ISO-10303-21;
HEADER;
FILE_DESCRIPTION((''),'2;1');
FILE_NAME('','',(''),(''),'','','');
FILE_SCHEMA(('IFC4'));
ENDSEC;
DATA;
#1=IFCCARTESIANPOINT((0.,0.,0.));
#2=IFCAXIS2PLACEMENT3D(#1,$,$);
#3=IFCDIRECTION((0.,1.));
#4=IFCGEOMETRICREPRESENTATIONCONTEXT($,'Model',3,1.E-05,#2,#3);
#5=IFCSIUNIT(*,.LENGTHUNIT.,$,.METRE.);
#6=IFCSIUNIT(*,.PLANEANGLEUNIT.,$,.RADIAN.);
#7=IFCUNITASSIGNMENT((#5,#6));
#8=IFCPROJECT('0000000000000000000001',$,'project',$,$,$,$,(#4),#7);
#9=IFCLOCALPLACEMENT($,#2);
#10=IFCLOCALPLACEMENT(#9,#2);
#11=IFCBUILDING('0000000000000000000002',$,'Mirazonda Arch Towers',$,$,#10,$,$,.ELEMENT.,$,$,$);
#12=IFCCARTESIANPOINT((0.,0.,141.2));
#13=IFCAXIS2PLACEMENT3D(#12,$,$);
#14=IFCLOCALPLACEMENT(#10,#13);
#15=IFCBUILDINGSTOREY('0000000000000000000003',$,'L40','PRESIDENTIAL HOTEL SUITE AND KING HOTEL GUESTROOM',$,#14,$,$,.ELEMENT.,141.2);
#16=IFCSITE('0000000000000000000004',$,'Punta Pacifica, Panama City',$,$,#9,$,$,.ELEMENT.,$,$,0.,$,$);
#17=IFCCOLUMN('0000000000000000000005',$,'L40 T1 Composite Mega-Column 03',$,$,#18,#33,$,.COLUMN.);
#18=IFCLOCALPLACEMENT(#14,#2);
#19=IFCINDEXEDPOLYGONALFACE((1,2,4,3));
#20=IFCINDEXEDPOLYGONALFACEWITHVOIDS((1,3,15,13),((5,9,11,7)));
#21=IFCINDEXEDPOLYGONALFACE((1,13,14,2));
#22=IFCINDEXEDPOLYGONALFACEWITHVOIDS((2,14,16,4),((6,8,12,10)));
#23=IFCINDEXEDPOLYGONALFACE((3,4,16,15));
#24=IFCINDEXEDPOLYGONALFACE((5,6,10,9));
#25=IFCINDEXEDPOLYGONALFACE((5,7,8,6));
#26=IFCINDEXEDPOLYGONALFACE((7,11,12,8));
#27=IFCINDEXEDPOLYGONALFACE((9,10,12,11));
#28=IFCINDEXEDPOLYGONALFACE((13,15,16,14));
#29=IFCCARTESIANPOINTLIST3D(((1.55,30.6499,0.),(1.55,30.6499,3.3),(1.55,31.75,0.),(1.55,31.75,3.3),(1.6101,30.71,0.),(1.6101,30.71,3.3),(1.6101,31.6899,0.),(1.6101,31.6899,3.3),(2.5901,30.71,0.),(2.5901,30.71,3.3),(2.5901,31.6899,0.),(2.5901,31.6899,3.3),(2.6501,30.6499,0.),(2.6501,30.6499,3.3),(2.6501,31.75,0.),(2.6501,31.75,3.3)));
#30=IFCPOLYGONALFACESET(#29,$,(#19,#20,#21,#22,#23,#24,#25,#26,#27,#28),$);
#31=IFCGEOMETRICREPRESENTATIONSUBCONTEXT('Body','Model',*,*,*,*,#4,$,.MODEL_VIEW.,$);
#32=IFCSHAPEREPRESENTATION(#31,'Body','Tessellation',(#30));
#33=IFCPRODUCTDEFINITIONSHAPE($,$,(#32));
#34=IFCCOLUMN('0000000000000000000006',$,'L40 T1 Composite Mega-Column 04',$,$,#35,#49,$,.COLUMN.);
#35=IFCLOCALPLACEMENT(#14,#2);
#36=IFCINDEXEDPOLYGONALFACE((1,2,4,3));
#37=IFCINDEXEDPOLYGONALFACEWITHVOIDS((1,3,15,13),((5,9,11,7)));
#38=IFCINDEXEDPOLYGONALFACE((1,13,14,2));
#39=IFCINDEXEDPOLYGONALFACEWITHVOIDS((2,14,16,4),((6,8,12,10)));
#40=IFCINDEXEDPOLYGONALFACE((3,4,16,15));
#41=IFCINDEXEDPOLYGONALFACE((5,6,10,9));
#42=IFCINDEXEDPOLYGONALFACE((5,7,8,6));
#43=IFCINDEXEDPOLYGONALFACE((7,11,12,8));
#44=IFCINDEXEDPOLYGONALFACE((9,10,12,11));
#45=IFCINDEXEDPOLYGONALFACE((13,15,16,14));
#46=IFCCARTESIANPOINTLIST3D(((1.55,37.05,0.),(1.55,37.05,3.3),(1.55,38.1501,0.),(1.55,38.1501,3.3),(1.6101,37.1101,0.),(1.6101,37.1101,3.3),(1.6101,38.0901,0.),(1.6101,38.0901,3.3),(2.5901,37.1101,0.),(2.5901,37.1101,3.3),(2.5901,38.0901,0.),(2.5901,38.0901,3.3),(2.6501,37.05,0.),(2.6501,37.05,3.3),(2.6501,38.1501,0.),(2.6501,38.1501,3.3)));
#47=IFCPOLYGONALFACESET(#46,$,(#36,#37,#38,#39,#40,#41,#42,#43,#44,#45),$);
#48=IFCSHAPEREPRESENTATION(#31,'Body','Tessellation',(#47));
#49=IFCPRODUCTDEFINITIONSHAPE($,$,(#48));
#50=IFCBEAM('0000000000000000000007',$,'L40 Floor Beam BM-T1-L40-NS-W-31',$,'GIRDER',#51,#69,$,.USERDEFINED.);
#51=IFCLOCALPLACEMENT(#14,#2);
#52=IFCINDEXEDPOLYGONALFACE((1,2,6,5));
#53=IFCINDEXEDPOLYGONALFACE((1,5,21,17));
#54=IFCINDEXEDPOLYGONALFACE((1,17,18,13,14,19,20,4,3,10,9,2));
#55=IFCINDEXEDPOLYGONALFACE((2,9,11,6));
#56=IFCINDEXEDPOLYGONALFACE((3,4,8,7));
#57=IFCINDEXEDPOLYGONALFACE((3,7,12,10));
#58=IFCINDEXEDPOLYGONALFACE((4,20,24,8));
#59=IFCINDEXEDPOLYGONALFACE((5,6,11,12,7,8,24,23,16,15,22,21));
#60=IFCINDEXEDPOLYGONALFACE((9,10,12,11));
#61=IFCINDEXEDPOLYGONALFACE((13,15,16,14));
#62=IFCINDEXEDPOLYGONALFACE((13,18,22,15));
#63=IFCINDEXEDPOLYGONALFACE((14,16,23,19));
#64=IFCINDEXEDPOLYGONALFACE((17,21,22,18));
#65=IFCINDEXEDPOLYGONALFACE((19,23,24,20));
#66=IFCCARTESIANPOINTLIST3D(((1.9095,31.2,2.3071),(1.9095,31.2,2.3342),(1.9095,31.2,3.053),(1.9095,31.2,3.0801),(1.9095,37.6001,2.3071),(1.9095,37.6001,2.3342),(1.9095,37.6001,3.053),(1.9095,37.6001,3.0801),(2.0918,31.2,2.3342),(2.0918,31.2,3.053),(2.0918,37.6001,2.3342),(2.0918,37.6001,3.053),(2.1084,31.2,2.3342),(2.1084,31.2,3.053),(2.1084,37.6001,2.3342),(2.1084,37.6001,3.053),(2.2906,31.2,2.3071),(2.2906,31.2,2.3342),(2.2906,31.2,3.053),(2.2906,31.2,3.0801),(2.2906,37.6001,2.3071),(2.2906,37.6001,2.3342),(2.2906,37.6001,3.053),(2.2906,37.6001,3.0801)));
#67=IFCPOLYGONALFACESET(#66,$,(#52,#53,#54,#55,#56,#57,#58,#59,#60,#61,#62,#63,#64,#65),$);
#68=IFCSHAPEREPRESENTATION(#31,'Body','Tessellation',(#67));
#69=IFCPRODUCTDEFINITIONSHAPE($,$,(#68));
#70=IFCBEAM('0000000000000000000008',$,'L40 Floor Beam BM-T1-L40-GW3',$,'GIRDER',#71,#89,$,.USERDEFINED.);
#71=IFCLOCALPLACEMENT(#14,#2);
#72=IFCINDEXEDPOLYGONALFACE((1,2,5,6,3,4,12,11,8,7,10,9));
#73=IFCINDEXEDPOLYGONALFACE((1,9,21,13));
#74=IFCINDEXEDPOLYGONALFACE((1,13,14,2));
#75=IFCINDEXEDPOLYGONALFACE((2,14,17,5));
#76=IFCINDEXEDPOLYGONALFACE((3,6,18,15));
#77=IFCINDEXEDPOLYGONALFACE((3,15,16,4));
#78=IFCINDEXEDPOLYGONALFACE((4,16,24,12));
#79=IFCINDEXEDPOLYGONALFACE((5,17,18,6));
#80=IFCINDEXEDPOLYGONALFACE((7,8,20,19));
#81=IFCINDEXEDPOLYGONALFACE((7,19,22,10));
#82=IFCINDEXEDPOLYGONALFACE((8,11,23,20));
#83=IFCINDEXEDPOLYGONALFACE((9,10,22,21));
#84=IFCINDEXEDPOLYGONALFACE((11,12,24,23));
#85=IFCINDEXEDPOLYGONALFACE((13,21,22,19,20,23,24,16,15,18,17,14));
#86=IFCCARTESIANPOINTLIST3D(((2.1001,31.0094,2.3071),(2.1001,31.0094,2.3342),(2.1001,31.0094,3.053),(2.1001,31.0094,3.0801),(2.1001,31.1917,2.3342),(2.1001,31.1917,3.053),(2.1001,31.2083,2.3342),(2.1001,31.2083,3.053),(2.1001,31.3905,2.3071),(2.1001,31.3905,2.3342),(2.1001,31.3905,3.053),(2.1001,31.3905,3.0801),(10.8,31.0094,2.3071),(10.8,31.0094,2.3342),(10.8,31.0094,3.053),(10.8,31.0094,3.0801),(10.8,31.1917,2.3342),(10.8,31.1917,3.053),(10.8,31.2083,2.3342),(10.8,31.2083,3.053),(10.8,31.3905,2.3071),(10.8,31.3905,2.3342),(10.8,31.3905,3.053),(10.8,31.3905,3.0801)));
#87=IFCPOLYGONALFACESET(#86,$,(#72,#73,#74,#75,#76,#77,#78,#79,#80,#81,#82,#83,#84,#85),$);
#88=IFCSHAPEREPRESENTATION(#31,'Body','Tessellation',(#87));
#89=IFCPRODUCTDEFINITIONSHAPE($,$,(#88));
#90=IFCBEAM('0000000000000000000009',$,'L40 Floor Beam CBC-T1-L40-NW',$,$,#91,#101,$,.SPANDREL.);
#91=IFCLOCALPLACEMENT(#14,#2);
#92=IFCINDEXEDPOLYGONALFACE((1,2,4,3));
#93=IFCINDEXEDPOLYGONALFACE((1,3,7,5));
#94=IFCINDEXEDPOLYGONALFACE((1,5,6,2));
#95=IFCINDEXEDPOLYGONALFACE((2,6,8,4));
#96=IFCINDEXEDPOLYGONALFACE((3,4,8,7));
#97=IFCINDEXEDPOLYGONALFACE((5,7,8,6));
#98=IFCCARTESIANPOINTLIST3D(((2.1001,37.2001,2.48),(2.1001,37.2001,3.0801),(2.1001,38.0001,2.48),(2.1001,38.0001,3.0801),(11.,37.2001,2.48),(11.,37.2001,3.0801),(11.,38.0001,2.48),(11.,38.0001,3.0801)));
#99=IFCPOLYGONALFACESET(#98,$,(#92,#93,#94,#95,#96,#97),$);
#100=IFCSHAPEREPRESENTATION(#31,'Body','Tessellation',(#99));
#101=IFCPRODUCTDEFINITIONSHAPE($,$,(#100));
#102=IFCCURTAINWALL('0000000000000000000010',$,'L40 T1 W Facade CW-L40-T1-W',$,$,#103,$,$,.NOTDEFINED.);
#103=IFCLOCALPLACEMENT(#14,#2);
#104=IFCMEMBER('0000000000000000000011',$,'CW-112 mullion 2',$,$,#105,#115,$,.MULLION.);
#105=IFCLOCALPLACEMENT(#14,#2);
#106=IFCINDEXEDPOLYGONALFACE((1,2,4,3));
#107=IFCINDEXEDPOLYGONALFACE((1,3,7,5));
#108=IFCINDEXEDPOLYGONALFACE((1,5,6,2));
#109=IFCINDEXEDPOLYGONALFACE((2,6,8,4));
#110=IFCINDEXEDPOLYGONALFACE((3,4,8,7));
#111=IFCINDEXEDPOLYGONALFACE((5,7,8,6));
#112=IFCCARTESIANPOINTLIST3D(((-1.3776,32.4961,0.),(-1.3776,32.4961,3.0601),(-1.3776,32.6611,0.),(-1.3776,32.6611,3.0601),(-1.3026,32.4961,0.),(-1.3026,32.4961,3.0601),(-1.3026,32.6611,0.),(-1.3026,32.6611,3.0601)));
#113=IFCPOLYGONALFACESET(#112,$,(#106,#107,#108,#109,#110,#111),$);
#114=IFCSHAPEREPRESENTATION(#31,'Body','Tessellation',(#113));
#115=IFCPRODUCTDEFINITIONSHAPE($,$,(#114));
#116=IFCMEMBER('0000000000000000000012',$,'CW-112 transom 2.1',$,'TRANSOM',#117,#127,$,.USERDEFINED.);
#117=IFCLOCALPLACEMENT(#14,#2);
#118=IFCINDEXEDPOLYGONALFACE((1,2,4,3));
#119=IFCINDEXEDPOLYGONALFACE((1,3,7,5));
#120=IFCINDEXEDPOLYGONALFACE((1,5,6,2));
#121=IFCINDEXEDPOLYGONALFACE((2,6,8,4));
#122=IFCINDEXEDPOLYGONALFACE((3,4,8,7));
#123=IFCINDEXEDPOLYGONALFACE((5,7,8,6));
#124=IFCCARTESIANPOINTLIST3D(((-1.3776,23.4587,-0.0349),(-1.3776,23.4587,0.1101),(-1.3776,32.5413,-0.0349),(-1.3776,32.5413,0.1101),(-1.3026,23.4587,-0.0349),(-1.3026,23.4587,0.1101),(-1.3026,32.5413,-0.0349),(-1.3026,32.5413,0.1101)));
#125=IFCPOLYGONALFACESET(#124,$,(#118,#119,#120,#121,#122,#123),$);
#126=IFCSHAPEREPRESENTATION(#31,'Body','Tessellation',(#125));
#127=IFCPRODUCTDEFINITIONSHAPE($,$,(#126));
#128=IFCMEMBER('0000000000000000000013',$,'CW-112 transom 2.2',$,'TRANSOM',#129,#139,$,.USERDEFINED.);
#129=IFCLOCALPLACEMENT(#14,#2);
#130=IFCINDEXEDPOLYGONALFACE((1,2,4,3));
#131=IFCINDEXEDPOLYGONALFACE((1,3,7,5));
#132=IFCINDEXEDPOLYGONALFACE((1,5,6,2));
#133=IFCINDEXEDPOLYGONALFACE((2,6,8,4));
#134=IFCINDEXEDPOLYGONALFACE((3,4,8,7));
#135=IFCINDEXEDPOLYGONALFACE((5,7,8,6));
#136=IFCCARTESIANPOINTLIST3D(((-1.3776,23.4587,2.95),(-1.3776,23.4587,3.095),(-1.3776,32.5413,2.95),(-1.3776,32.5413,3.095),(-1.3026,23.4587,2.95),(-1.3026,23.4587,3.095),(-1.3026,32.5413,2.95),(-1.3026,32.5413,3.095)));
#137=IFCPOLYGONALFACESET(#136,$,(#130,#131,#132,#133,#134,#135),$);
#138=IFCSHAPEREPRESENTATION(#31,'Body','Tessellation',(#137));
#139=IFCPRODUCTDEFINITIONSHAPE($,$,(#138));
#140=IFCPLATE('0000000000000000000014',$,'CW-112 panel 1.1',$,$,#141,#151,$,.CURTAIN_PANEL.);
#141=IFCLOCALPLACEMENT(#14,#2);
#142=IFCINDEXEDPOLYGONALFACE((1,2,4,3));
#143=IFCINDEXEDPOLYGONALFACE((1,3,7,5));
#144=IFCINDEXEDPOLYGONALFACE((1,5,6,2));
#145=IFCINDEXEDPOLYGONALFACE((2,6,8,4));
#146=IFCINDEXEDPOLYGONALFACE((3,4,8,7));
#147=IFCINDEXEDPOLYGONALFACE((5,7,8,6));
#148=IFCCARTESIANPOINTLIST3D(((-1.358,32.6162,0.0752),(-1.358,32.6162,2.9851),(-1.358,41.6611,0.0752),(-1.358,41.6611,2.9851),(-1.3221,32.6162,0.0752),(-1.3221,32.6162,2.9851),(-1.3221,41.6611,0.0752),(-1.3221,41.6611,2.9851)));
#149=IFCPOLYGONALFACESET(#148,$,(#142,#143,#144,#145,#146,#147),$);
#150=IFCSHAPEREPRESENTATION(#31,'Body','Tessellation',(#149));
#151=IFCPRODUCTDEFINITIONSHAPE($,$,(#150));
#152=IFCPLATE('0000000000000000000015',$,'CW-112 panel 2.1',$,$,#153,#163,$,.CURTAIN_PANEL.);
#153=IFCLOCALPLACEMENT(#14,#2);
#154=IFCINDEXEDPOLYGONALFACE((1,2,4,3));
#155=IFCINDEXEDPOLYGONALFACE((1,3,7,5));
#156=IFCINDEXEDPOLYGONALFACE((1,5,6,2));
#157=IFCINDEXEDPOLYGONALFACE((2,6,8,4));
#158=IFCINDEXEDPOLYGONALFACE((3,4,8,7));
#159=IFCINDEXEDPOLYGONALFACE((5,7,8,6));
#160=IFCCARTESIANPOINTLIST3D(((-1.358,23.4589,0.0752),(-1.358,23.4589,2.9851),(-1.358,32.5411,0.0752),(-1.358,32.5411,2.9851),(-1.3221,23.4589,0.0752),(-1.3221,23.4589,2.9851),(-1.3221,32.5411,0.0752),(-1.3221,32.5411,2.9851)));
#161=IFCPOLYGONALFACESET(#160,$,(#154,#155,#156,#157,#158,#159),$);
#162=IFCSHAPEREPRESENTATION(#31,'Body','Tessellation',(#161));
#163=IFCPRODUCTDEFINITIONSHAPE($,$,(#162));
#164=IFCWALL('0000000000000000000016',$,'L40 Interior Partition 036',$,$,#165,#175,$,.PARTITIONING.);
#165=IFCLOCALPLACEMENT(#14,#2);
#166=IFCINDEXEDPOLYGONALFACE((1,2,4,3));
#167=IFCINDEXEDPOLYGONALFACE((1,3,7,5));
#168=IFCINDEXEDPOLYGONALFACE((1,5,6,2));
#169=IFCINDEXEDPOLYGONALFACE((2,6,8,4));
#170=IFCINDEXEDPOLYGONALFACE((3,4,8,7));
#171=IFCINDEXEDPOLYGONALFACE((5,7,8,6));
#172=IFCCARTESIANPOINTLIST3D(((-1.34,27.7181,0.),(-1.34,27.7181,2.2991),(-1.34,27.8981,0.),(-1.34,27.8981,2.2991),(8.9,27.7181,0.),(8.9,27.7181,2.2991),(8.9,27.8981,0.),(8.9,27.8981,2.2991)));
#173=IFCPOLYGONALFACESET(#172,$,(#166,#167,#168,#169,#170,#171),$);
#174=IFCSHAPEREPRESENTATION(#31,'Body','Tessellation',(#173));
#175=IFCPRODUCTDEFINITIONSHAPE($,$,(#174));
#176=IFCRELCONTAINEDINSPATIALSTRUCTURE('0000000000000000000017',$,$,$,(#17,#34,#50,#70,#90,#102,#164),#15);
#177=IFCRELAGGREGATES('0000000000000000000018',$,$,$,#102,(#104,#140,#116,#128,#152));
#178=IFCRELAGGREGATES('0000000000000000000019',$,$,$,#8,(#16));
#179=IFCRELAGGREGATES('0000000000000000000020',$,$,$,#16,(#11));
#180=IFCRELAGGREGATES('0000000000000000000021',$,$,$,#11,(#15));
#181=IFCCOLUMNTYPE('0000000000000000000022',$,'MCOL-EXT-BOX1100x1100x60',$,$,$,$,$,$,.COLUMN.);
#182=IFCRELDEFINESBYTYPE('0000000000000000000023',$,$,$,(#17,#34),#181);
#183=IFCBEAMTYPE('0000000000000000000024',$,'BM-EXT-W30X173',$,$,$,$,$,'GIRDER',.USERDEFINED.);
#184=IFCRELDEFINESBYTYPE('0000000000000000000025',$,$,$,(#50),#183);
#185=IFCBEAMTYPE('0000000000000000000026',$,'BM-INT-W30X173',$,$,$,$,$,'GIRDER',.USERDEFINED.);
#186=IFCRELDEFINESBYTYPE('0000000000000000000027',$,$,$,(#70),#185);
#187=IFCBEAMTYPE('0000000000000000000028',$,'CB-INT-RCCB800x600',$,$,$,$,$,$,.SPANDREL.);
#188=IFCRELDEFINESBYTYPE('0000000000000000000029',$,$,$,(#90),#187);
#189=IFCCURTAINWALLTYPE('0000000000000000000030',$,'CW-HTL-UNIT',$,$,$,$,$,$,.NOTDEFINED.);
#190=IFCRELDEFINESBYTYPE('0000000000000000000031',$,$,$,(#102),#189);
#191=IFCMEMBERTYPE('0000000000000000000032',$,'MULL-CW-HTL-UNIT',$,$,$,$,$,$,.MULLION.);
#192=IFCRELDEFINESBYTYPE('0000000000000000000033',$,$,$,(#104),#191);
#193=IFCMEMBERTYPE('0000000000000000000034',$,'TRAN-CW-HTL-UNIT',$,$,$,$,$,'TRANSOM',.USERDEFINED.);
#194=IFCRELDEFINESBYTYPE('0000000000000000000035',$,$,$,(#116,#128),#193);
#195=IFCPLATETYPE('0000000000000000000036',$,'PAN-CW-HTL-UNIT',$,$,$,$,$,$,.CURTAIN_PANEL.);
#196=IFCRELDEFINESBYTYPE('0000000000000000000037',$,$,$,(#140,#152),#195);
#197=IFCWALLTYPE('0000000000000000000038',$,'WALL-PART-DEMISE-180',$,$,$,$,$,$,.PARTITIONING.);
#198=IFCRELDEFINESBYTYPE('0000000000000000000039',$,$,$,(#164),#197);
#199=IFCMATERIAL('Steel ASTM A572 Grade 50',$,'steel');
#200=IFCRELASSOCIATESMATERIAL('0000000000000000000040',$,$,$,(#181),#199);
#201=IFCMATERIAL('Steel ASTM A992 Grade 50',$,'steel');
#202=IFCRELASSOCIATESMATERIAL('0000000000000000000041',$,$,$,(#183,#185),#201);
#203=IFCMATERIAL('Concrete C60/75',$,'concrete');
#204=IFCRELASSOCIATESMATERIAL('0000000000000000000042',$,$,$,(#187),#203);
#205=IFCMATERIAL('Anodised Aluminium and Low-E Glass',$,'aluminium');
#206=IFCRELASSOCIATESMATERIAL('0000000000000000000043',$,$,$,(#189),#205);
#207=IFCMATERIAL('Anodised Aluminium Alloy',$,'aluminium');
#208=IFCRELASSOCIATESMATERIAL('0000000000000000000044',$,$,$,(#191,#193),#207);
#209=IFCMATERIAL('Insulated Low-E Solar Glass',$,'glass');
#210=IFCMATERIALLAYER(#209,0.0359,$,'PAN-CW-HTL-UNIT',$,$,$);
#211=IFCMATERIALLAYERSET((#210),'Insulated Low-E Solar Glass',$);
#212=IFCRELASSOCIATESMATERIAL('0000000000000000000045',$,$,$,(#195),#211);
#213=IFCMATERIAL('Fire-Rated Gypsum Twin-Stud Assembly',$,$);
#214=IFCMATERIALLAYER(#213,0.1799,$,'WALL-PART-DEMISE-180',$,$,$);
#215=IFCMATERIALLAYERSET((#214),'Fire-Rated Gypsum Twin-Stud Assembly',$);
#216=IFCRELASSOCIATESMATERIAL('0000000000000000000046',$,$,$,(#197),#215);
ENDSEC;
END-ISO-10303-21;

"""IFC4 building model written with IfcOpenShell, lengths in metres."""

from ifc_helpers import new_model, si_unit, direction, frame, frame_2d, origin, origin_2d, place, context, subcontext, project, spatial, rectangle, hollow_rectangle, i_section, extrude, material, layer, layer_set, material_profile, profile_set, type_object, element, aggregate, save


model = new_model("IFC4")

# Units and contexts
model_context = context("Model", 3, precision=1e-05, world=origin(), true_north=direction((0.0, 1.0)))
body_context = subcontext(model_context, "Body", "Model", "MODEL_VIEW")
ifc_project = project(units=[si_unit("LENGTHUNIT", "METRE"), si_unit("PLANEANGLEUNIT", "RADIAN")], contexts=[model_context])

# Site, building, storey
site_placement = place(None, origin())
site = spatial("IfcSite", under=ifc_project, at=site_placement, Name="Punta Pacifica, Panama City", CompositionType="ELEMENT", RefElevation=0.0)
building_placement = place(site_placement, origin())
building = spatial("IfcBuilding", under=site, at=building_placement, Name="Mirazonda Arch Towers", CompositionType="ELEMENT")
storey_placement = place(building_placement, frame((0.0, 0.0, 141.2)))
storey = spatial("IfcBuildingStorey", under=building, at=storey_placement, Name="L40", Description="PRESIDENTIAL HOTEL SUITE AND KING HOTEL GUESTROOM", CompositionType="ELEMENT", Elevation=141.2)

# Columns
ifc_material_1 = material(Name="Steel ASTM A572 Grade 50", Category="steel")
ifc_material_profile_1 = material_profile(ifc_material_1, hollow_rectangle(XDim=1.1001, YDim=1.1001, WallThickness=0.0601, at=origin_2d()), Name="BOX1100x1100x60")
ifc_profile_set_1 = profile_set([ifc_material_profile_1], Name="Steel ASTM A572 Grade 50")
column_type = type_object("IfcColumnType", Name="MCOL-EXT-BOX1100x1100x60", PredefinedType="COLUMN", material=ifc_profile_set_1)
for number, where, z_axis, x_axis, name in (
    (1, (2.1001, 31.2, 0.0), (0.0, 0.0, 1.0), (1.0, 0.0, 0.0), "L40 T1 Composite Mega-Column 03"),
    (2, (2.1001, 37.6001, 0.0), (0.0, 0.0, 1.0), (1.0, 0.0, 0.0), "L40 T1 Composite Mega-Column 04"),
):
    element("IfcColumn", number, at=place(storey_placement, frame(where, z_axis=z_axis, x_axis=x_axis)), inside=storey, type_object=column_type, Name=name, PredefinedType="COLUMN", context=body_context, shape_type="SweptSolid", body=[
        extrude(hollow_rectangle(XDim=1.1001, YDim=1.1001, WallThickness=0.0601, at=origin_2d()), origin(), (0.0, 0.0, 1.0), 3.3),
    ])

# Beams
ifc_material_2 = material(Name="Steel ASTM A992 Grade 50", Category="steel")
ifc_material_profile_2 = material_profile(ifc_material_2, i_section(OverallWidth=0.3811, OverallDepth=0.7729, WebThickness=0.0166, FlangeThickness=0.0271, at=origin_2d()), Name="W30X173")
ifc_profile_set_2 = profile_set([ifc_material_profile_2], Name="Steel ASTM A992 Grade 50")
beam_type_1 = type_object("IfcBeamType", Name="BM-EXT-W30X173", ElementType="GIRDER", PredefinedType="USERDEFINED", material=ifc_profile_set_2)
beam_1_placement = place(storey_placement, frame((2.1001, 31.2, 2.6936), z_axis=(0.0, 1.0, 0.0), x_axis=(-1.0, 0.0, 0.0)))
element("IfcBeam", 3, at=beam_1_placement, inside=storey, type_object=beam_type_1, Name="L40 Floor Beam BM-T1-L40-NS-W-31", ObjectType="GIRDER", PredefinedType="USERDEFINED", context=body_context, shape_type="SweptSolid", body=[
    extrude(i_section(OverallWidth=0.3811, OverallDepth=0.7729, WebThickness=0.0166, FlangeThickness=0.0271, at=origin_2d()), origin(), (0.0, 0.0, 1.0), 6.4001),
])
ifc_material_profile_3 = material_profile(ifc_material_2, i_section(OverallWidth=0.3811, OverallDepth=0.7729, WebThickness=0.0166, FlangeThickness=0.0271, at=origin_2d()), Name="W30X173")
ifc_profile_set_3 = profile_set([ifc_material_profile_3], Name="Steel ASTM A992 Grade 50")
beam_type_2 = type_object("IfcBeamType", Name="BM-INT-W30X173", ElementType="GIRDER", PredefinedType="USERDEFINED", material=ifc_profile_set_3)
beam_2_placement = place(storey_placement, frame((2.1001, 31.2, 2.6936), z_axis=(1.0, 0.0, 0.0), x_axis=(0.0, 1.0, 0.0)))
element("IfcBeam", 4, at=beam_2_placement, inside=storey, type_object=beam_type_2, Name="L40 Floor Beam BM-T1-L40-GW3", ObjectType="GIRDER", PredefinedType="USERDEFINED", context=body_context, shape_type="SweptSolid", body=[
    extrude(i_section(OverallWidth=0.3811, OverallDepth=0.7729, WebThickness=0.0166, FlangeThickness=0.0271, at=origin_2d()), origin(), (0.0, 0.0, 1.0), 8.7),
])
ifc_material_3 = material(Name="Concrete C60/75", Category="concrete")
ifc_material_profile_4 = material_profile(ifc_material_3, rectangle(XDim=0.8, YDim=0.6001, at=origin_2d()), Name="RCCB800x600")
ifc_profile_set_4 = profile_set([ifc_material_profile_4], Name="Concrete C60/75")
beam_type_3 = type_object("IfcBeamType", Name="CB-INT-RCCB800x600", PredefinedType="SPANDREL", material=ifc_profile_set_4)
beam_3_placement = place(storey_placement, frame((2.1001, 37.6001, 2.78), z_axis=(1.0, 0.0, 0.0), x_axis=(0.0, 1.0, 0.0)))
element("IfcBeam", 5, at=beam_3_placement, inside=storey, type_object=beam_type_3, Name="L40 Floor Beam CBC-T1-L40-NW", PredefinedType="SPANDREL", context=body_context, shape_type="SweptSolid", body=[
    extrude(rectangle(XDim=0.8, YDim=0.6001, at=origin_2d()), origin(), (0.0, 0.0, 1.0), 8.8999),
])

# Curtain wall, members, plates
ifc_material_4 = material(Name="Anodised Aluminium and Low-E Glass", Category="aluminium")
curtain_wall_type = type_object("IfcCurtainWallType", Name="CW-HTL-UNIT", PredefinedType="NOTDEFINED", material=ifc_material_4)
curtain_wall_placement = place(storey_placement, origin())
curtain_wall = element("IfcCurtainWall", 6, at=curtain_wall_placement, inside=storey, type_object=curtain_wall_type, Name="L40 T1 W Facade CW-L40-T1-W", PredefinedType="NOTDEFINED")
ifc_material_5 = material(Name="Anodised Aluminium Alloy", Category="aluminium")
ifc_material_profile_5 = material_profile(ifc_material_5, rectangle(XDim=0.075, YDim=0.165, at=origin_2d()), Name="ALU-MULL-75x165")
ifc_profile_set_5 = profile_set([ifc_material_profile_5], Name="Anodised Aluminium Alloy")
member_type_1 = type_object("IfcMemberType", Name="MULL-CW-HTL-UNIT", PredefinedType="MULLION", material=ifc_profile_set_5)
member_1_placement = place(storey_placement, frame((-1.3401, 32.5786, 0.0), z_axis=(0.0, 0.0, 1.0), x_axis=(1.0, 0.0, 0.0)))
member_1 = element("IfcMember", 7, at=member_1_placement, type_object=member_type_1, Name="CW-112 mullion 2", PredefinedType="MULLION", context=body_context, shape_type="SweptSolid", body=[
    extrude(rectangle(XDim=0.075, YDim=0.165, at=origin_2d()), origin(), (0.0, 0.0, 1.0), 3.0601),
])
ifc_material_profile_6 = material_profile(ifc_material_5, rectangle(XDim=0.075, YDim=0.145, at=origin_2d()), Name="ALU-TRAN-75x145")
ifc_profile_set_6 = profile_set([ifc_material_profile_6], Name="Anodised Aluminium Alloy")
member_type_2 = type_object("IfcMemberType", Name="TRAN-CW-HTL-UNIT", ElementType="TRANSOM", PredefinedType="USERDEFINED", material=ifc_profile_set_6)
member_2_placement = place(storey_placement, frame((-1.3401, 32.5413, 0.0376), z_axis=(0.0, -1.0, 0.0), x_axis=(1.0, 0.0, 0.0)))
member_2 = element("IfcMember", 8, at=member_2_placement, type_object=member_type_2, Name="CW-112 transom 2.1", ObjectType="TRANSOM", PredefinedType="USERDEFINED", context=body_context, shape_type="SweptSolid", body=[
    extrude(rectangle(XDim=0.075, YDim=0.145, at=origin_2d()), origin(), (0.0, 0.0, 1.0), 9.0825),
])
member_3_placement = place(storey_placement, frame((-1.3401, 32.5413, 3.0225), z_axis=(0.0, -1.0, 0.0), x_axis=(1.0, 0.0, 0.0)))
member_3 = element("IfcMember", 9, at=member_3_placement, type_object=member_type_2, Name="CW-112 transom 2.2", ObjectType="TRANSOM", PredefinedType="USERDEFINED", context=body_context, shape_type="SweptSolid", body=[
    extrude(rectangle(XDim=0.075, YDim=0.145, at=origin_2d()), origin(), (0.0, 0.0, 1.0), 9.0825),
])
ifc_material_6 = material(Name="Insulated Low-E Solar Glass", Category="glass")
ifc_layer_1 = layer(ifc_material_6, 0.0359, Name="PAN-CW-HTL-UNIT")
ifc_layer_set_1 = layer_set([ifc_layer_1], Name="Insulated Low-E Solar Glass")
plate_type = type_object("IfcPlateType", Name="PAN-CW-HTL-UNIT", PredefinedType="CURTAIN_PANEL", material=ifc_layer_set_1)
plate_1_placement = place(storey_placement, frame((-1.3401, 37.1387, 0.0752), z_axis=(0.0, 0.0, 1.0), x_axis=(0.0, -1.0, 0.0)))
plate_1 = element("IfcPlate", 10, at=plate_1_placement, type_object=plate_type, Name="CW-112 panel 1.1", PredefinedType="CURTAIN_PANEL", context=body_context, shape_type="SweptSolid", body=[
    extrude(rectangle(XDim=9.0449, YDim=0.0359, at=origin_2d()), origin(), (0.0, 0.0, 1.0), 2.9099),
])
plate_2_placement = place(storey_placement, frame((-1.3401, 28.0, 0.0752), z_axis=(0.0, 0.0, 1.0), x_axis=(0.0, -1.0, 0.0)))
plate_2 = element("IfcPlate", 11, at=plate_2_placement, type_object=plate_type, Name="CW-112 panel 2.1", PredefinedType="CURTAIN_PANEL", context=body_context, shape_type="SweptSolid", body=[
    extrude(rectangle(XDim=9.0823, YDim=0.0359, at=origin_2d()), origin(), (0.0, 0.0, 1.0), 2.9099),
])
aggregate(curtain_wall, [member_1, plate_1, member_2, member_3, plate_2])

# Wall
ifc_material_7 = material(Name="Fire-Rated Gypsum Twin-Stud Assembly")
ifc_layer_2 = layer(ifc_material_7, 0.1799, Name="WALL-PART-DEMISE-180")
ifc_layer_set_2 = layer_set([ifc_layer_2], Name="Fire-Rated Gypsum Twin-Stud Assembly")
wall_type_1 = type_object("IfcWallType", Name="WALL-PART-DEMISE-180", PredefinedType="PARTITIONING", material=ifc_layer_set_2)
wall_1_placement = place(storey_placement, frame((-1.3401, 27.8081, 0.0), z_axis=(0.0, 0.0, 1.0), x_axis=(1.0, 0.0, 0.0)))
element("IfcWall", 12, at=wall_1_placement, inside=storey, type_object=wall_type_1, Name="L40 Interior Partition 036", PredefinedType="PARTITIONING", context=body_context, shape_type="SweptSolid", body=[
    extrude(rectangle(XDim=10.24, YDim=0.1799, at=frame_2d((5.1201, 0.0))), origin(), (0.0, 0.0, 1.0), 2.2991),
])

save(model, "model.ifc")
